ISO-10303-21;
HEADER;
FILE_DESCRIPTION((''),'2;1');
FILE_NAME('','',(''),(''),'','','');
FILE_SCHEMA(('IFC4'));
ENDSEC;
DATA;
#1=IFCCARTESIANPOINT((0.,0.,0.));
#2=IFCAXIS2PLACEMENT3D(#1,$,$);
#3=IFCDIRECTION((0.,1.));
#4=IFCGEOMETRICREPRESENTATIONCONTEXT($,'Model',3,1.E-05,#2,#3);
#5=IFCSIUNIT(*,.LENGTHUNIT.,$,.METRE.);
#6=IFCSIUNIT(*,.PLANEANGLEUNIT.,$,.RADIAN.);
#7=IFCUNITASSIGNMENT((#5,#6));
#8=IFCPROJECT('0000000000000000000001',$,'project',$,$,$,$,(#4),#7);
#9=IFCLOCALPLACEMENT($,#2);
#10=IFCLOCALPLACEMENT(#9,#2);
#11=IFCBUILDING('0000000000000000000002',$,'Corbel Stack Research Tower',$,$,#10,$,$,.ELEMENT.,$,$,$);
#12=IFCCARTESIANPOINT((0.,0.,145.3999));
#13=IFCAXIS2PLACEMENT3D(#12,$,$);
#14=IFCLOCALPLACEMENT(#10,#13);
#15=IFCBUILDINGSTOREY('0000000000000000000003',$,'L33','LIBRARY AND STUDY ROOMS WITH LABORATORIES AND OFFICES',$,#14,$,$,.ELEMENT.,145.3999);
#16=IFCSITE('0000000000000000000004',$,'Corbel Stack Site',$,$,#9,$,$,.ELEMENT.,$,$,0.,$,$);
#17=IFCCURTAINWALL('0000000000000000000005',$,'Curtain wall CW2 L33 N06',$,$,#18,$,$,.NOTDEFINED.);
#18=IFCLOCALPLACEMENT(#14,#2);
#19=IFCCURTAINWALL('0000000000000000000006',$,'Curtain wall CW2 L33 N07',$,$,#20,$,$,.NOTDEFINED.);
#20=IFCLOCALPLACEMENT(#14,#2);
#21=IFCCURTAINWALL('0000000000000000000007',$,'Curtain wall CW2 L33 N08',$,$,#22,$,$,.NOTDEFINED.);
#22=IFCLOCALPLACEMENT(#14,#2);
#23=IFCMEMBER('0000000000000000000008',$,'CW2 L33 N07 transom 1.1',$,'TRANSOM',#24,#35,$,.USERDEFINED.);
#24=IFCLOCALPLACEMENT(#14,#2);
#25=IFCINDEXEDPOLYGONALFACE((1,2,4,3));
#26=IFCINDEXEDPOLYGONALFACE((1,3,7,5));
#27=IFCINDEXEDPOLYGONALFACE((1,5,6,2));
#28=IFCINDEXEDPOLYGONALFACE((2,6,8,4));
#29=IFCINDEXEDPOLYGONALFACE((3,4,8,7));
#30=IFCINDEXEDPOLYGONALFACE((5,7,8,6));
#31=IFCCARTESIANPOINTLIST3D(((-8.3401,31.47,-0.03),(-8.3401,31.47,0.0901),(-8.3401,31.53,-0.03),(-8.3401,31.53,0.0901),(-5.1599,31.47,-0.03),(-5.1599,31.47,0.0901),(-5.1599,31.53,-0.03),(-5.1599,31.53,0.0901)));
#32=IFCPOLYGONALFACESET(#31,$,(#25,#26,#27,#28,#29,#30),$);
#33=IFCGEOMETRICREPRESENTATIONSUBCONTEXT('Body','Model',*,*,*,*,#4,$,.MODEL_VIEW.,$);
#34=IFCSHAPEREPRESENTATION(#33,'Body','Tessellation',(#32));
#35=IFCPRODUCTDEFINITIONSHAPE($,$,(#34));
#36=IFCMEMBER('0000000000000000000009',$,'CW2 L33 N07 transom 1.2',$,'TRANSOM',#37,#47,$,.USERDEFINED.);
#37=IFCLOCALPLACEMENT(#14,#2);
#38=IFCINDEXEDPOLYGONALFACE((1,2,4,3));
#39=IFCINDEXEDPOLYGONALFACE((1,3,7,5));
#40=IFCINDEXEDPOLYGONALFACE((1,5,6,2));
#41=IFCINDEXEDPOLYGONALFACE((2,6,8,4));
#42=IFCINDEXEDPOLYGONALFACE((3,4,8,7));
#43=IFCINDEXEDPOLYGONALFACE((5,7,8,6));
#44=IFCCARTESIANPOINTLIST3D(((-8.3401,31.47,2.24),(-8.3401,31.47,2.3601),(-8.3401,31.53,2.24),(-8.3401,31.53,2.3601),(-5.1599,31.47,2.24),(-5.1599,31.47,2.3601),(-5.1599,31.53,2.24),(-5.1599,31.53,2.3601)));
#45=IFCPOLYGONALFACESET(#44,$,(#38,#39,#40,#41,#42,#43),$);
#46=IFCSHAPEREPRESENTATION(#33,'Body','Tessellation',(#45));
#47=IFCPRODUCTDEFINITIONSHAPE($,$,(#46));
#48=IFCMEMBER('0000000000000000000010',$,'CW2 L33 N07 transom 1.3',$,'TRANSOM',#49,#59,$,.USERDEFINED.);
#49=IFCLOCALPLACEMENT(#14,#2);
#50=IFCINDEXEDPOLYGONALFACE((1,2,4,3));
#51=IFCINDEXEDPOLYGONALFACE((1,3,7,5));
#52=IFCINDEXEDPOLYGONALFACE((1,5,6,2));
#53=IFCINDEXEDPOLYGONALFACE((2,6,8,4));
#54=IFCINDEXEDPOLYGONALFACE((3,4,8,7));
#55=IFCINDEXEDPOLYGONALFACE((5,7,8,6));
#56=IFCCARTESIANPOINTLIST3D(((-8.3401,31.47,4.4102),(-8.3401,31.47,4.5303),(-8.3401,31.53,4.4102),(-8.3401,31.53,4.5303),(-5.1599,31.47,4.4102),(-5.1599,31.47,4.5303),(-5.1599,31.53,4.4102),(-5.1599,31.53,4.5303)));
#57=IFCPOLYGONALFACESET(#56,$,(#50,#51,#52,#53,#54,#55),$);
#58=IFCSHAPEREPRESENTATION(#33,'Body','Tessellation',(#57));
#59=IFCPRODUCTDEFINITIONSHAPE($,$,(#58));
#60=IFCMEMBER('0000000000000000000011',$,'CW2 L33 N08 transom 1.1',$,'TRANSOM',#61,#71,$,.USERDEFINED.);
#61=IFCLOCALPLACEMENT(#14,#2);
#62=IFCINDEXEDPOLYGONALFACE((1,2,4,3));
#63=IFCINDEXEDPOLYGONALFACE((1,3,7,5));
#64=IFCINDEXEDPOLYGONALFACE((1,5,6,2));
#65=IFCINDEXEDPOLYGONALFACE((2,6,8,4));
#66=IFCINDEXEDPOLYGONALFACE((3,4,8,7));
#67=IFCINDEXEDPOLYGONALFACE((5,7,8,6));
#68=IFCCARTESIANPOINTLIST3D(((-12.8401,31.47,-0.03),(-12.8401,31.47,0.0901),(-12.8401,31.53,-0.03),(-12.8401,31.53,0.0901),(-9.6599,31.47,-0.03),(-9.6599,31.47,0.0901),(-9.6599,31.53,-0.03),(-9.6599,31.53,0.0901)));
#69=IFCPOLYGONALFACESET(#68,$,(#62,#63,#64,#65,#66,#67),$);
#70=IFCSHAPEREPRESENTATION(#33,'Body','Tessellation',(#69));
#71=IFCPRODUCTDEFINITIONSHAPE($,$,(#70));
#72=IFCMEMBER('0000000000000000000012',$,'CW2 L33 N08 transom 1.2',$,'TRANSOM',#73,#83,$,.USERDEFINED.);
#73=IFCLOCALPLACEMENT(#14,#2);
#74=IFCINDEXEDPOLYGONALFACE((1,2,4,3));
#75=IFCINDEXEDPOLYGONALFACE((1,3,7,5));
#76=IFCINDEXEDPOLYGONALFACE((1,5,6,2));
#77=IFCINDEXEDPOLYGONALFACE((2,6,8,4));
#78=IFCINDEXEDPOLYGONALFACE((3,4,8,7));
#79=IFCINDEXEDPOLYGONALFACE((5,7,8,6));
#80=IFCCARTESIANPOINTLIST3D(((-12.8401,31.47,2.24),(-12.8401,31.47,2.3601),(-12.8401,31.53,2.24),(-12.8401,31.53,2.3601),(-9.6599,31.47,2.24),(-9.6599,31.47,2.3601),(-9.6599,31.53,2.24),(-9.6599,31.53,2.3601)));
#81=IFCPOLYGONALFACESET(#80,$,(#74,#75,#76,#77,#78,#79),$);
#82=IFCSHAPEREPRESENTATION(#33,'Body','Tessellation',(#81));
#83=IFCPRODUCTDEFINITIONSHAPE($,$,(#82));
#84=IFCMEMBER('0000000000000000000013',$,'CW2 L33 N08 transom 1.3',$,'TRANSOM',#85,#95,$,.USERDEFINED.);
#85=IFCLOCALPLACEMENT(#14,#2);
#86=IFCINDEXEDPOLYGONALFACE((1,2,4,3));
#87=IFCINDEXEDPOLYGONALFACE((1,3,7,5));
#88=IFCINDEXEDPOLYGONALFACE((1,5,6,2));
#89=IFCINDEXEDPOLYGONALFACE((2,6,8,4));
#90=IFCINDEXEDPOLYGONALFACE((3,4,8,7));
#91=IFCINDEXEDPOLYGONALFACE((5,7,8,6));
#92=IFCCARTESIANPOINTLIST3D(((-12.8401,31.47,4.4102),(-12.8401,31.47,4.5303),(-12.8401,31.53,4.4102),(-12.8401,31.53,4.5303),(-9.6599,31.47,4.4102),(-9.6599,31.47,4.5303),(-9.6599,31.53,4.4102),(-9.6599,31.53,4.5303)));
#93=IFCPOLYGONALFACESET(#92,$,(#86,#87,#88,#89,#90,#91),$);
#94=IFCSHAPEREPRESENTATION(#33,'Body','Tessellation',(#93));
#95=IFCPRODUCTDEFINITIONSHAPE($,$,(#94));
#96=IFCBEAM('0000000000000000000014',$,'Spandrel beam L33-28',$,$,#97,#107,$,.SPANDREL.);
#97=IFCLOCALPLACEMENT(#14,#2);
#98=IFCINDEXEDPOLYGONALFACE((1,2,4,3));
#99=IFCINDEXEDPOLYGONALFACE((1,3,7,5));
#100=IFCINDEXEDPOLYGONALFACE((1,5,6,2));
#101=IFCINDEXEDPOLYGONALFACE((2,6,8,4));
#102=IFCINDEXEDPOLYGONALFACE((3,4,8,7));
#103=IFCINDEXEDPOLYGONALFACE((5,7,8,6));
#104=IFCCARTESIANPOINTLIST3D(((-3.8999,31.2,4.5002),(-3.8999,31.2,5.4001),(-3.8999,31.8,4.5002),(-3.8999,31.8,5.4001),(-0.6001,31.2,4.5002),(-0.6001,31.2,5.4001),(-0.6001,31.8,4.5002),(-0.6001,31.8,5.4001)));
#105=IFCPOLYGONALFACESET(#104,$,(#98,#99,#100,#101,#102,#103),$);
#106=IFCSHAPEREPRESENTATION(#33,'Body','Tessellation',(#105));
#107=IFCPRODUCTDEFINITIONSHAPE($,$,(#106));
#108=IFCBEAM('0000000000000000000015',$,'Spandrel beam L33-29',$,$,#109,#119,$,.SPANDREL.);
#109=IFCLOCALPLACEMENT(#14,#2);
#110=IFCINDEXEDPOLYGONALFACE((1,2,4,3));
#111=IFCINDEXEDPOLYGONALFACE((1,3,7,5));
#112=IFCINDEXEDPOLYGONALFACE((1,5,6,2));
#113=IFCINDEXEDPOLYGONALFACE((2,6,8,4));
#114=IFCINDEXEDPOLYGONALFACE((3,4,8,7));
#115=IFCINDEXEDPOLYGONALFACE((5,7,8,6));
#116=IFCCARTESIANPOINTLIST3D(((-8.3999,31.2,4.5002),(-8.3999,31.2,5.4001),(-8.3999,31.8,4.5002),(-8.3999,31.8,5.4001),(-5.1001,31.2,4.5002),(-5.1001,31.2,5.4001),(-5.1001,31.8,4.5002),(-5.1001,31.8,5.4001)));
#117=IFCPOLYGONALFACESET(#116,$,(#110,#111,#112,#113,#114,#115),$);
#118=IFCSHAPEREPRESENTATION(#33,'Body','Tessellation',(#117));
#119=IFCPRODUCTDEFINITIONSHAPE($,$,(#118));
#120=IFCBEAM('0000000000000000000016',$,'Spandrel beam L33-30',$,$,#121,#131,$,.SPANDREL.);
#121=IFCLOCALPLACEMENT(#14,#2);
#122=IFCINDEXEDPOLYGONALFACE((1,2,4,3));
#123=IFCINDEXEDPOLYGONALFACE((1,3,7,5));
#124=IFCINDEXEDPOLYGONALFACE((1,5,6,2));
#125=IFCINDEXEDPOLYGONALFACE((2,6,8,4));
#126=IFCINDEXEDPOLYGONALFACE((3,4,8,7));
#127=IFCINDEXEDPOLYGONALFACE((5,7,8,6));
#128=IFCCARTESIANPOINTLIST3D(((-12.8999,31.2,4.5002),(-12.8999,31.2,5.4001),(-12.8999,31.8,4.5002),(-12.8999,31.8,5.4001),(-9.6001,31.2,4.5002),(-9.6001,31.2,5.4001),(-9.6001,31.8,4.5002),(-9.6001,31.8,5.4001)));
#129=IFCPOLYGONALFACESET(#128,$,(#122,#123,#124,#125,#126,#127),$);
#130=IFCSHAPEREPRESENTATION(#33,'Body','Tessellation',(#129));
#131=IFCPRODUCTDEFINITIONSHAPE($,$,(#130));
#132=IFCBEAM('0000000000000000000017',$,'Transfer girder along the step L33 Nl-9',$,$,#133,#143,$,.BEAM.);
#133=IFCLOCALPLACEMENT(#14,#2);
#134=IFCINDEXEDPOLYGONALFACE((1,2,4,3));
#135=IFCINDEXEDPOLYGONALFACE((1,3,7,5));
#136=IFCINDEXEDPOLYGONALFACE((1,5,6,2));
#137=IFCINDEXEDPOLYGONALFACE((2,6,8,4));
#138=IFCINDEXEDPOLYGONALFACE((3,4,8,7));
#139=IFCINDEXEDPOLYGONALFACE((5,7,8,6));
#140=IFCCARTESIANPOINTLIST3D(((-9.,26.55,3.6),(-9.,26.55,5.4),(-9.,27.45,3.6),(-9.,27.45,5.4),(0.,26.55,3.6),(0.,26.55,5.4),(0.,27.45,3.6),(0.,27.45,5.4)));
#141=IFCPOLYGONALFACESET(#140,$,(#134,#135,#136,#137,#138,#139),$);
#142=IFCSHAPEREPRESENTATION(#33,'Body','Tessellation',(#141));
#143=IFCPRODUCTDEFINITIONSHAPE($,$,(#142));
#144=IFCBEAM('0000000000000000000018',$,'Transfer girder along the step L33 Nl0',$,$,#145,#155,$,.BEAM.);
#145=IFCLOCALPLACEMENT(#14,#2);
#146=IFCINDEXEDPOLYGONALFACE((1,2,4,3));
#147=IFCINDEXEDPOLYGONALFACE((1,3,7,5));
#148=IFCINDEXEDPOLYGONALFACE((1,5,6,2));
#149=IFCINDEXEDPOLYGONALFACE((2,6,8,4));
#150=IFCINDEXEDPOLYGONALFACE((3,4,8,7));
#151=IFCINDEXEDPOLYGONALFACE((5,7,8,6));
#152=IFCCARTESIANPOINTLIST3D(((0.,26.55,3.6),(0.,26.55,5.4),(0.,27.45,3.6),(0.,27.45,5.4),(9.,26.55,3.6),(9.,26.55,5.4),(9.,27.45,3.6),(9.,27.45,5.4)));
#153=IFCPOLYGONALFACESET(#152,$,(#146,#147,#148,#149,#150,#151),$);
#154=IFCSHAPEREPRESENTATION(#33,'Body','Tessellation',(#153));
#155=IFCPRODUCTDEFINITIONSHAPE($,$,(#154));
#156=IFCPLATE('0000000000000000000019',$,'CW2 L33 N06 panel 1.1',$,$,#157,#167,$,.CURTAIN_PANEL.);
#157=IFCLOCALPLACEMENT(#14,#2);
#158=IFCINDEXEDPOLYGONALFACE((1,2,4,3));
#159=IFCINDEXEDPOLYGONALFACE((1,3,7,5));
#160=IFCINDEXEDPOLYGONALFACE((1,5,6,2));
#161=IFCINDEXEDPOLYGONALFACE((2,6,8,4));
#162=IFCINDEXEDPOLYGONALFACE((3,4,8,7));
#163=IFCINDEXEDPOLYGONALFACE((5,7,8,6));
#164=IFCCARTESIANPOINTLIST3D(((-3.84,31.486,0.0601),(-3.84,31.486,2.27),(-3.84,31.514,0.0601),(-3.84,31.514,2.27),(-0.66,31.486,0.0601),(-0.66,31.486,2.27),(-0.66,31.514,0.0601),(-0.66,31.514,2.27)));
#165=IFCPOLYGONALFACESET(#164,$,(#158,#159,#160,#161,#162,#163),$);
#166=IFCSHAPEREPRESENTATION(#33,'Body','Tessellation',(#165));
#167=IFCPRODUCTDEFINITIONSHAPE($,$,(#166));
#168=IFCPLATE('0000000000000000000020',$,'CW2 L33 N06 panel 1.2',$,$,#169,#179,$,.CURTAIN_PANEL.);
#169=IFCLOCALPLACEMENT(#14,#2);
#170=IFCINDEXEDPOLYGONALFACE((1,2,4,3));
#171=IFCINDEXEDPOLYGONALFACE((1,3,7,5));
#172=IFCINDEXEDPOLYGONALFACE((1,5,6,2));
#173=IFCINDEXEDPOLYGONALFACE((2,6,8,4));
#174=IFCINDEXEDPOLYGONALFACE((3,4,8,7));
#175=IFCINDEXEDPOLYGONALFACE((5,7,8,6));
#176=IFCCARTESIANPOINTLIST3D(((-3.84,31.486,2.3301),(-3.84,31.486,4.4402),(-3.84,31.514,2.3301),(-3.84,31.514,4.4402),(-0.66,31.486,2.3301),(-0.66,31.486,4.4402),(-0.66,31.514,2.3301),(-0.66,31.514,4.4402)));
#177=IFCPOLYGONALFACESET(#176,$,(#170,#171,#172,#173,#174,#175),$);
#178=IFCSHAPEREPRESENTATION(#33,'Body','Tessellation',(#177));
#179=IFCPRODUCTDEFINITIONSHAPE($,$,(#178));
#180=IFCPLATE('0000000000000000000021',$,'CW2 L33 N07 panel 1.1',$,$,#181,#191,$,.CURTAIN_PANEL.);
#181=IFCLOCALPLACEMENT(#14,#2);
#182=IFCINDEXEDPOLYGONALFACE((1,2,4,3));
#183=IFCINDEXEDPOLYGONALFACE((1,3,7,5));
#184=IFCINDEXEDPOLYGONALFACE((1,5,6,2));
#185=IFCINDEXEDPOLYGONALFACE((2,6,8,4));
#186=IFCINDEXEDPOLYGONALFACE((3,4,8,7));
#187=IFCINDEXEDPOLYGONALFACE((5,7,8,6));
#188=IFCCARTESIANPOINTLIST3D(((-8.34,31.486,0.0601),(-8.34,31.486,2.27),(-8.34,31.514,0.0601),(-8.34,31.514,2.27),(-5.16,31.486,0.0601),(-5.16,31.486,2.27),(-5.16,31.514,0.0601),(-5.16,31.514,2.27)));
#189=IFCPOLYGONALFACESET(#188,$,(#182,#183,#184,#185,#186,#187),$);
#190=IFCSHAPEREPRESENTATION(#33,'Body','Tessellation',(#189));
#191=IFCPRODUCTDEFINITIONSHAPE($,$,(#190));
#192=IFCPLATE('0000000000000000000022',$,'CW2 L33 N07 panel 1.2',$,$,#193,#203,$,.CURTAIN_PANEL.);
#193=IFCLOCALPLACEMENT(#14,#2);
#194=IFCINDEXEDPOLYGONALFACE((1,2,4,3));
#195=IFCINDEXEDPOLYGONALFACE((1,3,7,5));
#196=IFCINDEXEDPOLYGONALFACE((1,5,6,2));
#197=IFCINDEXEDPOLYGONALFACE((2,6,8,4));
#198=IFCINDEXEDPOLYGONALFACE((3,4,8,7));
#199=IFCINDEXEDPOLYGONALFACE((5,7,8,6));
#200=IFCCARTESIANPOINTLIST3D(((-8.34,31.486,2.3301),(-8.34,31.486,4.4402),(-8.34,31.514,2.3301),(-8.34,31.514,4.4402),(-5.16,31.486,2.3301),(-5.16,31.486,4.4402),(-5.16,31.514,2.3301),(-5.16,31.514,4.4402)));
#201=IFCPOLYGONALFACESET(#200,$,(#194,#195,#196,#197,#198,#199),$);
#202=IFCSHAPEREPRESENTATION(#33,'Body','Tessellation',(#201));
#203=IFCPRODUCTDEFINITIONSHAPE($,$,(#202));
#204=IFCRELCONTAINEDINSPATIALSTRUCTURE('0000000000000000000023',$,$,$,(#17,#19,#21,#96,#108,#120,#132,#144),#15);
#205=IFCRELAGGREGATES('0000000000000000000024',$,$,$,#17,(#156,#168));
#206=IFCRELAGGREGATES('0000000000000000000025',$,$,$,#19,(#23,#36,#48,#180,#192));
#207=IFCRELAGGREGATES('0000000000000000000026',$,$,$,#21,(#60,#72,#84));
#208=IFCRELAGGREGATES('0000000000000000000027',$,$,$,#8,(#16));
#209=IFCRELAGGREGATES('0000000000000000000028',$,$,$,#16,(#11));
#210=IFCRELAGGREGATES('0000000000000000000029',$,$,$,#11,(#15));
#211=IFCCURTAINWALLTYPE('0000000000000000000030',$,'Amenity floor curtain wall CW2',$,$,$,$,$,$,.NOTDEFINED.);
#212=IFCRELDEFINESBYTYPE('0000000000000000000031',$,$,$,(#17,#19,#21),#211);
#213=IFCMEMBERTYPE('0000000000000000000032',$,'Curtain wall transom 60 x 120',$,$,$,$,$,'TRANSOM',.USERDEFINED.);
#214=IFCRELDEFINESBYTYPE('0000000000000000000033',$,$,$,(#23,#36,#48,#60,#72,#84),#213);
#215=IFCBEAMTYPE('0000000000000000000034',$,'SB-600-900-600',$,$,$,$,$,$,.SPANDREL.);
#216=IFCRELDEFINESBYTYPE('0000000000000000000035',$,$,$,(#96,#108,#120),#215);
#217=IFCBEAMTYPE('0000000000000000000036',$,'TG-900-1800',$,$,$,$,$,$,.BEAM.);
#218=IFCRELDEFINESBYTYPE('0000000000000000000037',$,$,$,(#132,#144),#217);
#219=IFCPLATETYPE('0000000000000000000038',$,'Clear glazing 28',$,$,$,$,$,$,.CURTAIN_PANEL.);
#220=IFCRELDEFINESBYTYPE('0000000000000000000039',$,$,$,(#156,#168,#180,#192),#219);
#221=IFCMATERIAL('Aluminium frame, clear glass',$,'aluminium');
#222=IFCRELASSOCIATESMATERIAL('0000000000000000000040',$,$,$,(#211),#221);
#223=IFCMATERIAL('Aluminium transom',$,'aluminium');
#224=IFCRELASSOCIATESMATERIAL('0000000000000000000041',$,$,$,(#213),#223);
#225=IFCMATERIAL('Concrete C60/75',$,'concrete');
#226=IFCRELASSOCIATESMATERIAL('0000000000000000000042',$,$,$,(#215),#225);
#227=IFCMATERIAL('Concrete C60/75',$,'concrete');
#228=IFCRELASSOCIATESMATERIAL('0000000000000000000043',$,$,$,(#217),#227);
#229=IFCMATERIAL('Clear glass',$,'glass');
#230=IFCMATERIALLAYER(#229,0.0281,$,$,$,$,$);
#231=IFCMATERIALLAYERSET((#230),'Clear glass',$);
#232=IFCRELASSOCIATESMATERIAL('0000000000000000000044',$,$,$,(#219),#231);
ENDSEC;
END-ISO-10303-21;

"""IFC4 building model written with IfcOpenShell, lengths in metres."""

from ifc_helpers import new_model, si_unit, direction, frame, origin, origin_2d, place, context, subcontext, project, spatial, rectangle, extrude, material, layer, layer_set, material_profile, profile_set, type_object, element, aggregate, save


model = new_model("IFC4")

# Units and contexts
model_context = context("Model", 3, precision=1e-05, world=origin(), true_north=direction((0.0, 1.0)))
body_context = subcontext(model_context, "Body", "Model", "MODEL_VIEW")
ifc_project = project(units=[si_unit("LENGTHUNIT", "METRE"), si_unit("PLANEANGLEUNIT", "RADIAN")], contexts=[model_context])

# Site, building, storey
site_placement = place(None, origin())
site = spatial("IfcSite", under=ifc_project, at=site_placement, Name="Corbel Stack Site", CompositionType="ELEMENT", RefElevation=0.0)
building_placement = place(site_placement, origin())
building = spatial("IfcBuilding", under=site, at=building_placement, Name="Corbel Stack Research Tower", CompositionType="ELEMENT")
storey_placement = place(building_placement, frame((0.0, 0.0, 145.3999)))
storey = spatial("IfcBuildingStorey", under=building, at=storey_placement, Name="L33", Description="LIBRARY AND STUDY ROOMS WITH LABORATORIES AND OFFICES", CompositionType="ELEMENT", Elevation=145.3999)

# Curtain walls
ifc_material_1 = material(Name="Aluminium frame, clear glass", Category="aluminium")
curtain_wall_type = type_object("IfcCurtainWallType", Name="Amenity floor curtain wall CW2", PredefinedType="NOTDEFINED", material=ifc_material_1)
curtain_wall_1_placement = place(storey_placement, origin())
curtain_wall_1 = element("IfcCurtainWall", 1, at=curtain_wall_1_placement, inside=storey, type_object=curtain_wall_type, Name="Curtain wall CW2 L33 N06", PredefinedType="NOTDEFINED")
curtain_wall_2_placement = place(storey_placement, origin())
curtain_wall_2 = element("IfcCurtainWall", 2, at=curtain_wall_2_placement, inside=storey, type_object=curtain_wall_type, Name="Curtain wall CW2 L33 N07", PredefinedType="NOTDEFINED")

# Curtain wall
curtain_wall_3_placement = place(storey_placement, origin())
curtain_wall_3 = element("IfcCurtainWall", 3, at=curtain_wall_3_placement, inside=storey, type_object=curtain_wall_type, Name="Curtain wall CW2 L33 N08", PredefinedType="NOTDEFINED")

# Members
ifc_material_2 = material(Name="Aluminium transom", Category="aluminium")
ifc_material_profile_1 = material_profile(ifc_material_2, rectangle(XDim=0.0601, YDim=0.1201, at=origin_2d()), Name="Transom 60 x 120")
ifc_profile_set_1 = profile_set([ifc_material_profile_1], Name="Aluminium transom")
member_type_1 = type_object("IfcMemberType", Name="Curtain wall transom 60 x 120", ElementType="TRANSOM", PredefinedType="USERDEFINED", material=ifc_profile_set_1)
member_1_placement = place(storey_placement, frame((-5.1599, 31.5, 0.03), z_axis=(-1.0, 0.0, 0.0), x_axis=(0.0, -1.0, 0.0)))
member_1 = element("IfcMember", 4, at=member_1_placement, type_object=member_type_1, Name="CW2 L33 N07 transom 1.1", ObjectType="TRANSOM", PredefinedType="USERDEFINED", context=body_context, shape_type="SweptSolid", body=[
    extrude(rectangle(XDim=0.0601, YDim=0.1201, at=origin_2d()), origin(), (0.0, 0.0, 1.0), 3.1802),
])
member_2_placement = place(storey_placement, frame((-5.1599, 31.5, 2.3), z_axis=(-1.0, 0.0, 0.0), x_axis=(0.0, -1.0, 0.0)))
member_2 = element("IfcMember", 5, at=member_2_placement, type_object=member_type_1, Name="CW2 L33 N07 transom 1.2", ObjectType="TRANSOM", PredefinedType="USERDEFINED", context=body_context, shape_type="SweptSolid", body=[
    extrude(rectangle(XDim=0.0601, YDim=0.1201, at=origin_2d()), origin(), (0.0, 0.0, 1.0), 3.1802),
])
member_3_placement = place(storey_placement, frame((-5.1599, 31.5, 4.4702), z_axis=(-1.0, 0.0, 0.0), x_axis=(0.0, -1.0, 0.0)))
member_3 = element("IfcMember", 6, at=member_3_placement, type_object=member_type_1, Name="CW2 L33 N07 transom 1.3", ObjectType="TRANSOM", PredefinedType="USERDEFINED", context=body_context, shape_type="SweptSolid", body=[
    extrude(rectangle(XDim=0.0601, YDim=0.1201, at=origin_2d()), origin(), (0.0, 0.0, 1.0), 3.1802),
])
member_4_placement = place(storey_placement, frame((-9.6599, 31.5, 0.03), z_axis=(-1.0, 0.0, 0.0), x_axis=(0.0, -1.0, 0.0)))
member_4 = element("IfcMember", 7, at=member_4_placement, type_object=member_type_1, Name="CW2 L33 N08 transom 1.1", ObjectType="TRANSOM", PredefinedType="USERDEFINED", context=body_context, shape_type="SweptSolid", body=[
    extrude(rectangle(XDim=0.0601, YDim=0.1201, at=origin_2d()), origin(), (0.0, 0.0, 1.0), 3.1802),
])
member_5_placement = place(storey_placement, frame((-9.6599, 31.5, 2.3), z_axis=(-1.0, 0.0, 0.0), x_axis=(0.0, -1.0, 0.0)))
member_5 = element("IfcMember", 8, at=member_5_placement, type_object=member_type_1, Name="CW2 L33 N08 transom 1.2", ObjectType="TRANSOM", PredefinedType="USERDEFINED", context=body_context, shape_type="SweptSolid", body=[
    extrude(rectangle(XDim=0.0601, YDim=0.1201, at=origin_2d()), origin(), (0.0, 0.0, 1.0), 3.1802),
])
member_6_placement = place(storey_placement, frame((-9.6599, 31.5, 4.4702), z_axis=(-1.0, 0.0, 0.0), x_axis=(0.0, -1.0, 0.0)))
member_6 = element("IfcMember", 9, at=member_6_placement, type_object=member_type_1, Name="CW2 L33 N08 transom 1.3", ObjectType="TRANSOM", PredefinedType="USERDEFINED", context=body_context, shape_type="SweptSolid", body=[
    extrude(rectangle(XDim=0.0601, YDim=0.1201, at=origin_2d()), origin(), (0.0, 0.0, 1.0), 3.1802),
])

# Beams
ifc_material_3 = material(Name="Concrete C60/75", Category="concrete")
ifc_material_profile_2 = material_profile(ifc_material_3, rectangle(XDim=0.6001, YDim=0.8999, at=origin_2d()), Name="RC 600 x 900")
ifc_profile_set_2 = profile_set([ifc_material_profile_2], Name="Concrete C60/75")
beam_type_1 = type_object("IfcBeamType", Name="SB-600-900-600", PredefinedType="SPANDREL", material=ifc_profile_set_2)
for number, where, z_axis, x_axis, name in (
    (10, (-0.6001, 31.5, 4.9502), (-1.0, 0.0, 0.0), (0.0, -1.0, 0.0), "Spandrel beam L33-28"),
    (11, (-5.1001, 31.5, 4.9502), (-1.0, 0.0, 0.0), (0.0, -1.0, 0.0), "Spandrel beam L33-29"),
    (12, (-9.6001, 31.5, 4.9502), (-1.0, 0.0, 0.0), (0.0, -1.0, 0.0), "Spandrel beam L33-30"),
):
    element("IfcBeam", number, at=place(storey_placement, frame(where, z_axis=z_axis, x_axis=x_axis)), inside=storey, type_object=beam_type_1, Name=name, PredefinedType="SPANDREL", context=body_context, shape_type="SweptSolid", body=[
        extrude(rectangle(XDim=0.6001, YDim=0.8999, at=origin_2d()), origin(), (0.0, 0.0, 1.0), 3.2998),
    ])
ifc_material_4 = material(Name="Concrete C60/75", Category="concrete")
ifc_material_profile_3 = material_profile(ifc_material_4, rectangle(XDim=0.8999, YDim=1.8, at=origin_2d()), Name="RC 900 x 1800")
ifc_profile_set_3 = profile_set([ifc_material_profile_3], Name="Concrete C60/75")
beam_type_2 = type_object("IfcBeamType", Name="TG-900-1800", PredefinedType="BEAM", material=ifc_profile_set_3)
for number, where, z_axis, x_axis, name in (
    (13, (-9.0, 27.0, 4.5), (1.0, 0.0, 0.0), (0.0, 1.0, 0.0), "Transfer girder along the step L33 Nl-9"),
    (14, (0.0, 27.0, 4.5), (1.0, 0.0, 0.0), (0.0, 1.0, 0.0), "Transfer girder along the step L33 Nl0"),
):
    element("IfcBeam", number, at=place(storey_placement, frame(where, z_axis=z_axis, x_axis=x_axis)), inside=storey, type_object=beam_type_2, Name=name, PredefinedType="BEAM", context=body_context, shape_type="SweptSolid", body=[
        extrude(rectangle(XDim=0.8999, YDim=1.8, at=origin_2d()), origin(), (0.0, 0.0, 1.0), 9.0),
    ])

# Plates
ifc_material_5 = material(Name="Clear glass", Category="glass")
ifc_layer_1 = layer(ifc_material_5, 0.0281)
ifc_layer_set_1 = layer_set([ifc_layer_1], Name="Clear glass")
plate_type = type_object("IfcPlateType", Name="Clear glazing 28", PredefinedType="CURTAIN_PANEL", material=ifc_layer_set_1)
plate_1_placement = place(storey_placement, frame((-2.25, 31.5, 0.0601), z_axis=(0.0, 0.0, 1.0), x_axis=(-1.0, 0.0, 0.0)))
plate_1 = element("IfcPlate", 15, at=plate_1_placement, type_object=plate_type, Name="CW2 L33 N06 panel 1.1", PredefinedType="CURTAIN_PANEL", context=body_context, shape_type="SweptSolid", body=[
    extrude(rectangle(XDim=3.1799, YDim=0.0281, at=origin_2d()), origin(), (0.0, 0.0, 1.0), 2.21),
])
plate_2_placement = place(storey_placement, frame((-2.25, 31.5, 2.3301), z_axis=(0.0, 0.0, 1.0), x_axis=(-1.0, 0.0, 0.0)))
plate_2 = element("IfcPlate", 16, at=plate_2_placement, type_object=plate_type, Name="CW2 L33 N06 panel 1.2", PredefinedType="CURTAIN_PANEL", context=body_context, shape_type="SweptSolid", body=[
    extrude(rectangle(XDim=3.1799, YDim=0.0281, at=origin_2d()), origin(), (0.0, 0.0, 1.0), 2.1101),
])
aggregate(curtain_wall_1, [plate_1, plate_2])
plate_3_placement = place(storey_placement, frame((-6.75, 31.5, 0.0601), z_axis=(0.0, 0.0, 1.0), x_axis=(-1.0, 0.0, 0.0)))
plate_3 = element("IfcPlate", 17, at=plate_3_placement, type_object=plate_type, Name="CW2 L33 N07 panel 1.1", PredefinedType="CURTAIN_PANEL", context=body_context, shape_type="SweptSolid", body=[
    extrude(rectangle(XDim=3.1799, YDim=0.0281, at=origin_2d()), origin(), (0.0, 0.0, 1.0), 2.21),
])
plate_4_placement = place(storey_placement, frame((-6.75, 31.5, 2.3301), z_axis=(0.0, 0.0, 1.0), x_axis=(-1.0, 0.0, 0.0)))
plate_4 = element("IfcPlate", 18, at=plate_4_placement, type_object=plate_type, Name="CW2 L33 N07 panel 1.2", PredefinedType="CURTAIN_PANEL", context=body_context, shape_type="SweptSolid", body=[
    extrude(rectangle(XDim=3.1799, YDim=0.0281, at=origin_2d()), origin(), (0.0, 0.0, 1.0), 2.1101),
])
aggregate(curtain_wall_2, [member_1, member_2, member_3, plate_3, plate_4])
aggregate(curtain_wall_3, [member_4, member_5, member_6])

save(model, "model.ifc")
